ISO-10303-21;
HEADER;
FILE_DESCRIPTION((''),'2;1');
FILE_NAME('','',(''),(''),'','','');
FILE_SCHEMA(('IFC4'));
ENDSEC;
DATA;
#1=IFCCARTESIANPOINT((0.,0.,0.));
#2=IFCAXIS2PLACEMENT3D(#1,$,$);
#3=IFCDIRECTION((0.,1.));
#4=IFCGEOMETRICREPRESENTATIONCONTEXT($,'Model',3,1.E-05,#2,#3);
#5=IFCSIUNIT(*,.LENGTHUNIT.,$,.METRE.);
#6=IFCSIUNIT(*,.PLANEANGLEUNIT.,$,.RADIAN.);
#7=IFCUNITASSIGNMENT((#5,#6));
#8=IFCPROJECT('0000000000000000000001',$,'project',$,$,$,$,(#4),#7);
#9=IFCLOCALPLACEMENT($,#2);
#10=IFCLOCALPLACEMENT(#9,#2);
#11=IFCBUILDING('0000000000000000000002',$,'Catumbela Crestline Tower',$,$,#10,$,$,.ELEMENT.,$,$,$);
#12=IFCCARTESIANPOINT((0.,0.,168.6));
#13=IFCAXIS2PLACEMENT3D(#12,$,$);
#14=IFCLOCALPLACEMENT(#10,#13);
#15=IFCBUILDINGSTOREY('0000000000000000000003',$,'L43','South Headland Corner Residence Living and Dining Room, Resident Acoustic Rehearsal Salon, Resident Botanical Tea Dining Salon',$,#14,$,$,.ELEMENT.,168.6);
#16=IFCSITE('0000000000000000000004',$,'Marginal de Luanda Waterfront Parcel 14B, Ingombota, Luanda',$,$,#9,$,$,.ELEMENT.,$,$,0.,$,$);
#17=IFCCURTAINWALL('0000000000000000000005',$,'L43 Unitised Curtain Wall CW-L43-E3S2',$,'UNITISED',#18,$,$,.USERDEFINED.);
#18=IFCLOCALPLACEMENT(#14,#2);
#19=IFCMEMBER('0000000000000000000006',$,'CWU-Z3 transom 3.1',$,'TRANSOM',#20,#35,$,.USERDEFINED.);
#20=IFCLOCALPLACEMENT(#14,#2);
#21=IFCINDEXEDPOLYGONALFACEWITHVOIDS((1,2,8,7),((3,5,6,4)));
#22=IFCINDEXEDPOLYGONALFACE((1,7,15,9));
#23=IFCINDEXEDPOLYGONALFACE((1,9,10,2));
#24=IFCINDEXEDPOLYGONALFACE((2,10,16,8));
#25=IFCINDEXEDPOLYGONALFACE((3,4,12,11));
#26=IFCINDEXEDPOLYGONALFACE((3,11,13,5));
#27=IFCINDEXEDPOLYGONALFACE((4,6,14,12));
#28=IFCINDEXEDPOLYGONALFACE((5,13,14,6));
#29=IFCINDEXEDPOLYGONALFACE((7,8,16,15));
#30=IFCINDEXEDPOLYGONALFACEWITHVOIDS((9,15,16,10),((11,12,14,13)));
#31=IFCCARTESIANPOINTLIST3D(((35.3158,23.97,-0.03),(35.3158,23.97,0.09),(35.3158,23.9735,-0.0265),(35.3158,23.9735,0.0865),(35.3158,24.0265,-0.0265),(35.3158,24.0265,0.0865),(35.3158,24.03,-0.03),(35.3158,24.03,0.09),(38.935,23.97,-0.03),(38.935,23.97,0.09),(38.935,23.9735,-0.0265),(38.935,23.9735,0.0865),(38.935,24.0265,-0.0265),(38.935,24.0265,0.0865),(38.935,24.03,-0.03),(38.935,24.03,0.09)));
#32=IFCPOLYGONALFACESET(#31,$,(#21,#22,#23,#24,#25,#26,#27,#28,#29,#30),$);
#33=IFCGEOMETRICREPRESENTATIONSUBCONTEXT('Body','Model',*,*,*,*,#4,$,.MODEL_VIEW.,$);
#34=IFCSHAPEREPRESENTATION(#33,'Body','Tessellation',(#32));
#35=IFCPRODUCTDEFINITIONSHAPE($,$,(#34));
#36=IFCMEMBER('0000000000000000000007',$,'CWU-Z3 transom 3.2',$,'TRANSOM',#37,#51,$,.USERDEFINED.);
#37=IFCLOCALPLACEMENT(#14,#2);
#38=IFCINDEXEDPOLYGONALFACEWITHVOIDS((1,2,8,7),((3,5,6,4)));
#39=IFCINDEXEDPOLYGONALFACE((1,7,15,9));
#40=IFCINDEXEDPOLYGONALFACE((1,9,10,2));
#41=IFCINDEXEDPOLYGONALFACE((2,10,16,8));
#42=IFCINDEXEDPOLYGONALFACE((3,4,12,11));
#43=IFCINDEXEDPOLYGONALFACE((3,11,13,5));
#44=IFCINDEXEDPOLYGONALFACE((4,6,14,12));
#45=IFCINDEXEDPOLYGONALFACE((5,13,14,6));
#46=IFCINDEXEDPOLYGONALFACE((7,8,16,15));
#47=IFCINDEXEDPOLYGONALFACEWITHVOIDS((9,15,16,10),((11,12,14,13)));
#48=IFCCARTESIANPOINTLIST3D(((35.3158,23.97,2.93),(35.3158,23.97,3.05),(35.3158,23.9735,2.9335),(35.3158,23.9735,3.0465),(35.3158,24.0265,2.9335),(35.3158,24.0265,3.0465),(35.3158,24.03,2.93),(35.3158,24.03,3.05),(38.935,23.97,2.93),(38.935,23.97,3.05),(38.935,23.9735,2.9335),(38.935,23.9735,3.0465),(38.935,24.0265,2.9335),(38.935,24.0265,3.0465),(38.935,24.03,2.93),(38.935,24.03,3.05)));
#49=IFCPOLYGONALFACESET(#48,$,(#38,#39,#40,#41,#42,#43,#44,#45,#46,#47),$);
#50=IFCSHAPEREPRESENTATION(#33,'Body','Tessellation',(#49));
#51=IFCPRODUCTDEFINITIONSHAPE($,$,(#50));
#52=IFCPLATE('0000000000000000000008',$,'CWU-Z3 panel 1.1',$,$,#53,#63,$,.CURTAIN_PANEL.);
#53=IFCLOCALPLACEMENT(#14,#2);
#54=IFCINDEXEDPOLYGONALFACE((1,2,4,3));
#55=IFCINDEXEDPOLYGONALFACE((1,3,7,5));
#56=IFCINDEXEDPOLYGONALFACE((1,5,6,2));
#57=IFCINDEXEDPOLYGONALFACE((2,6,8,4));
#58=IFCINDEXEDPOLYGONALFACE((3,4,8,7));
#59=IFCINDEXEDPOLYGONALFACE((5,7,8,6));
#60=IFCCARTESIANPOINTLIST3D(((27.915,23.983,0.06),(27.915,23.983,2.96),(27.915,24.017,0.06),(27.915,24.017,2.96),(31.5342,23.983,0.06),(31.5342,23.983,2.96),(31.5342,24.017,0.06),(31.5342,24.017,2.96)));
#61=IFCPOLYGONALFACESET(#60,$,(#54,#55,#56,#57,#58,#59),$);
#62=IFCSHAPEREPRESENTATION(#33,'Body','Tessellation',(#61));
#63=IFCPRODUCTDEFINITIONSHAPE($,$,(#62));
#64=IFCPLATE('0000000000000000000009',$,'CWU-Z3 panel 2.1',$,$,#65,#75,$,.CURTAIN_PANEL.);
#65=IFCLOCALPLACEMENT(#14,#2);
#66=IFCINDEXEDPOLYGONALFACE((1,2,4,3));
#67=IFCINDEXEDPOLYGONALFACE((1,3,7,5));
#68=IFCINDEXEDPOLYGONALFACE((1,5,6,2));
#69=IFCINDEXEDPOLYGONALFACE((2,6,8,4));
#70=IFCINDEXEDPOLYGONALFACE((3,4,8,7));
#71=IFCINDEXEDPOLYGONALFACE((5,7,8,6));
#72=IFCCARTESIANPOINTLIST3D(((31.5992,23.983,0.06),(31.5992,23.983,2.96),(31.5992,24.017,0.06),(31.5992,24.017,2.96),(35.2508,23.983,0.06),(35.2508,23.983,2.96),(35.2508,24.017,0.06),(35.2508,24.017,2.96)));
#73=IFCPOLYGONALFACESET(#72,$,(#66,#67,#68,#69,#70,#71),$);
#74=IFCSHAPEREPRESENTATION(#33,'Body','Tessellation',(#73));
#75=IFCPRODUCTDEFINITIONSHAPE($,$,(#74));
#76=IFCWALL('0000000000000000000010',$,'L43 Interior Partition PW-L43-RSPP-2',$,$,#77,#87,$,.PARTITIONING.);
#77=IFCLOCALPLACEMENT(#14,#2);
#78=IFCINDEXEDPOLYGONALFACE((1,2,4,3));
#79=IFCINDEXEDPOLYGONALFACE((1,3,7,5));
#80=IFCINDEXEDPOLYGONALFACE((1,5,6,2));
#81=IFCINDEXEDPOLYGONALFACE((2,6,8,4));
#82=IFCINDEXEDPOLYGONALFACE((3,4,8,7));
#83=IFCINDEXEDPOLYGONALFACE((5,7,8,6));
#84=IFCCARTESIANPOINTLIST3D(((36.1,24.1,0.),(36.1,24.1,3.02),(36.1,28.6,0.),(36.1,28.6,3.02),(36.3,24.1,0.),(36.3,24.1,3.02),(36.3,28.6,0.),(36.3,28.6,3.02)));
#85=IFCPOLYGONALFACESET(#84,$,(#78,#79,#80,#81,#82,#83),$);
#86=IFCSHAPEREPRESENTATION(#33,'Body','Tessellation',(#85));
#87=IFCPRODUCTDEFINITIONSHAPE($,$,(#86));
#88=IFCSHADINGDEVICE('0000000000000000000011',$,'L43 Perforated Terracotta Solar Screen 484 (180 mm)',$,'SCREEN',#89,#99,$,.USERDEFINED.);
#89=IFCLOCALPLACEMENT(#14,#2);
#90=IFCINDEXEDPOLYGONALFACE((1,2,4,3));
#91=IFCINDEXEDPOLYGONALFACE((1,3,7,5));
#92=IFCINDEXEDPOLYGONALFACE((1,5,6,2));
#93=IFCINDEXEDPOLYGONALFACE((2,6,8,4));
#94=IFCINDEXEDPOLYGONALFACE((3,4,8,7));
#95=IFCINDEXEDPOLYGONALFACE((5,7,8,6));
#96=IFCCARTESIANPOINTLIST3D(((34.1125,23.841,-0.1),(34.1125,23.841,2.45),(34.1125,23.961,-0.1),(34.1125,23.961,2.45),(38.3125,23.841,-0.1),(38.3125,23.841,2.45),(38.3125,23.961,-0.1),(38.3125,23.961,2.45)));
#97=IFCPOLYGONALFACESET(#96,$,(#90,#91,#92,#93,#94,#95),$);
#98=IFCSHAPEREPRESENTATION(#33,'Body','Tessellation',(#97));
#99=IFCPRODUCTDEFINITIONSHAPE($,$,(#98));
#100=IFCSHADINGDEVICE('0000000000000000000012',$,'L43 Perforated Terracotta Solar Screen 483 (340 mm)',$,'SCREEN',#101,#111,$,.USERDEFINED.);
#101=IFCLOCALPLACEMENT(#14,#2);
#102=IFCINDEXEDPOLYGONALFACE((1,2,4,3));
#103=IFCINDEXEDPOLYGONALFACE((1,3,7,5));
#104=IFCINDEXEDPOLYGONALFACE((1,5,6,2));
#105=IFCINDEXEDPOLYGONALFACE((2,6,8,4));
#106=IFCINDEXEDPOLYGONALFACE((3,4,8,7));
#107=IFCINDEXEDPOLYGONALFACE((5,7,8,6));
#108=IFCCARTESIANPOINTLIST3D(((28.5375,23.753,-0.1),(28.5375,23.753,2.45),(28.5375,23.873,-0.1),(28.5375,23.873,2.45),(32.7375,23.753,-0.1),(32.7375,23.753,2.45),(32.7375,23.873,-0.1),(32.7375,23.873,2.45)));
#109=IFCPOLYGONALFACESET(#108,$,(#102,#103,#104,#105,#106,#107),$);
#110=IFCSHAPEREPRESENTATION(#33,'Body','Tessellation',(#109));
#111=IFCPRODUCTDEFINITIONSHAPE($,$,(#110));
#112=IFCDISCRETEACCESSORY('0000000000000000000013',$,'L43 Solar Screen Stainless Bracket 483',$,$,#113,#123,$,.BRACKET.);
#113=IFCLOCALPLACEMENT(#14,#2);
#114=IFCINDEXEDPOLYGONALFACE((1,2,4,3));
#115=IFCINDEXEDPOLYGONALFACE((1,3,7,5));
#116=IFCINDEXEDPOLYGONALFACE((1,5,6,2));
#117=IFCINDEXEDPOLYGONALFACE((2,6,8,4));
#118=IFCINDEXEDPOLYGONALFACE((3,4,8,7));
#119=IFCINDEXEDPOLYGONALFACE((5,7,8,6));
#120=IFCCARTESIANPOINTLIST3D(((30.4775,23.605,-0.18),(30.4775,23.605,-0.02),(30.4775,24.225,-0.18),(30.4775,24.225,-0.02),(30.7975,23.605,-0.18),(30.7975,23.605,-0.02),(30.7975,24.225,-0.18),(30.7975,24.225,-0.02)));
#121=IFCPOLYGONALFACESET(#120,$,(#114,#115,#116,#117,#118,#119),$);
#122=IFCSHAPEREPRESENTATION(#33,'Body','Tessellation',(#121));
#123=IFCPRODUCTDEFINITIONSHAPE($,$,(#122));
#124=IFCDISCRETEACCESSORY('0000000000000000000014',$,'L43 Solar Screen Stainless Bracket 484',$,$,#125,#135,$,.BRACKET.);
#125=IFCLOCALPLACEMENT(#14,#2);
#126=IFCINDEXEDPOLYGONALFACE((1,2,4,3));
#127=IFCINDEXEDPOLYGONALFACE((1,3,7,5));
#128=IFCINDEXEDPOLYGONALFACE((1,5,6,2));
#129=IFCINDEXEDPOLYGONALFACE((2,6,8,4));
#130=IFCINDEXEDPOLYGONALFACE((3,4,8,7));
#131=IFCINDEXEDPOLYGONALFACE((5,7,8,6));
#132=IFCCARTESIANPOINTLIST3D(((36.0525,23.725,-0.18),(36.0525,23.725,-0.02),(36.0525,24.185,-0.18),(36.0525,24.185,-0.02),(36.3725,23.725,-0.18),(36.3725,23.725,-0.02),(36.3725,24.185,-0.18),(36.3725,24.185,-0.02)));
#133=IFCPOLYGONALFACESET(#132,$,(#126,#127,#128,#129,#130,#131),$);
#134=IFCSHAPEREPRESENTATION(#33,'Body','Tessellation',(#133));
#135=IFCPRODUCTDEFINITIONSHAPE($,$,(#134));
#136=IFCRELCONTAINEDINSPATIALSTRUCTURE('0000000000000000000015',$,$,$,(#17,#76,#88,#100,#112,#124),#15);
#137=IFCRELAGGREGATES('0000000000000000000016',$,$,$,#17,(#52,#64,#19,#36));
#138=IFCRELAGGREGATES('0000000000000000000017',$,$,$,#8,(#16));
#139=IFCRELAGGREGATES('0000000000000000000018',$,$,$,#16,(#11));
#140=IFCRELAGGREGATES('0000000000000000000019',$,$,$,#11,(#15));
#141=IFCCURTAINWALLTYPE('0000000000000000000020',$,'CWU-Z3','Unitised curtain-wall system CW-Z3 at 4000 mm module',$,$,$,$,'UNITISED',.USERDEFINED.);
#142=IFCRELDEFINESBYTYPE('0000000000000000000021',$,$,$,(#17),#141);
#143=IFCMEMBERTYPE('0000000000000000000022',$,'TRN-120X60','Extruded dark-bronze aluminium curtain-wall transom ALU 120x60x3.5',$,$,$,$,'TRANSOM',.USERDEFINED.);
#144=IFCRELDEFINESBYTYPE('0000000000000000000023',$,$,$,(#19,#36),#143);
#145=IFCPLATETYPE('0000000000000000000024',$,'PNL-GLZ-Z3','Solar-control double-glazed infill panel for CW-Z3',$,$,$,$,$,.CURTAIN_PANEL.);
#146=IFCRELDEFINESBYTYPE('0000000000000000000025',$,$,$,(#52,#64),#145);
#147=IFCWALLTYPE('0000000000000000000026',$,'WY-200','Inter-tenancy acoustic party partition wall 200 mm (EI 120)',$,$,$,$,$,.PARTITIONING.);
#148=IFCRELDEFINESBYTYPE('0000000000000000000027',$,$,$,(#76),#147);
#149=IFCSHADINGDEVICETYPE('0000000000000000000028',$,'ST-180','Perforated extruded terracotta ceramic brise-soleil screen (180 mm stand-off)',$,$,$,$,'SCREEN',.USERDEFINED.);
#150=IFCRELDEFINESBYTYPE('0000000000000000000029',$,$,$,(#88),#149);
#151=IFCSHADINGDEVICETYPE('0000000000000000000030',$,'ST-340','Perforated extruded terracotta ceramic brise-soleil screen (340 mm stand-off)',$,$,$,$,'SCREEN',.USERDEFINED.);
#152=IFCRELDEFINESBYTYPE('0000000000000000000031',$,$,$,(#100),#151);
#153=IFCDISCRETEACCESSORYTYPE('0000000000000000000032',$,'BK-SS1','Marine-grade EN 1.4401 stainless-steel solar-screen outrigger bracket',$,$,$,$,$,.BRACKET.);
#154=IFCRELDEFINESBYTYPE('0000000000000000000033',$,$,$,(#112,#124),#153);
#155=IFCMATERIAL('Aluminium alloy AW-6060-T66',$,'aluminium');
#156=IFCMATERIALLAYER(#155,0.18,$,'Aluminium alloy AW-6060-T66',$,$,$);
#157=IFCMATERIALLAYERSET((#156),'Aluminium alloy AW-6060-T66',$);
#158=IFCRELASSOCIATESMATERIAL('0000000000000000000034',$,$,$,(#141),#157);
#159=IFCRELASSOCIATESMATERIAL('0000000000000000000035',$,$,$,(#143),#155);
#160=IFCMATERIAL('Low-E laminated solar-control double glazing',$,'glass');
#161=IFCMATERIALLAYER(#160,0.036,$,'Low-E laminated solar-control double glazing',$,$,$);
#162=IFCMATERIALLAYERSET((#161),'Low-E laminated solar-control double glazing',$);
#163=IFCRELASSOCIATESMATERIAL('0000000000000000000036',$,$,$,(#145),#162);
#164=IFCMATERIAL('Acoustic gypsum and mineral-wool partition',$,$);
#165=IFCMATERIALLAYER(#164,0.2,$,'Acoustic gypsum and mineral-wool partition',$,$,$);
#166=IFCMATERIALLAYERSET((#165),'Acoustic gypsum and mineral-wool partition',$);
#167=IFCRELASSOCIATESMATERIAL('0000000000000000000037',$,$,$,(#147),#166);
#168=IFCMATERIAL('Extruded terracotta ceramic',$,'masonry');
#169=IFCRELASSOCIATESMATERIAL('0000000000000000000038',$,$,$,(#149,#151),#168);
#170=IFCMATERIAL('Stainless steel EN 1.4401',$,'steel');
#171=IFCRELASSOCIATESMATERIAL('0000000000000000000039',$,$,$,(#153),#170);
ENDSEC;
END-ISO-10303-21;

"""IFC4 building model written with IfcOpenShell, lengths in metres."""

from ifc_helpers import new_model, si_unit, direction, frame, frame_2d, origin, origin_2d, place, context, subcontext, project, spatial, rectangle, hollow_rectangle, extrude, material, layer, layer_set, material_profile, profile_set, type_object, element, aggregate, save


model = new_model("IFC4")

# Units and contexts
model_context = context("Model", 3, precision=1e-05, world=origin(), true_north=direction((0.0, 1.0)))
body_context = subcontext(model_context, "Body", "Model", "MODEL_VIEW")
ifc_project = project(units=[si_unit("LENGTHUNIT", "METRE"), si_unit("PLANEANGLEUNIT", "RADIAN")], contexts=[model_context])

# Site, building, storey
site_placement = place(None, origin())
site = spatial("IfcSite", under=ifc_project, at=site_placement, Name="Marginal de Luanda Waterfront Parcel 14B, Ingombota, Luanda", CompositionType="ELEMENT", RefElevation=0.0)
building_placement = place(site_placement, origin())
building = spatial("IfcBuilding", under=site, at=building_placement, Name="Catumbela Crestline Tower", CompositionType="ELEMENT")
storey_placement = place(building_placement, frame((0.0, 0.0, 168.6)))
storey = spatial("IfcBuildingStorey", under=building, at=storey_placement, Name="L43", Description="South Headland Corner Residence Living and Dining Room, Resident Acoustic Rehearsal Salon, Resident Botanical Tea Dining Salon", CompositionType="ELEMENT", Elevation=168.6)

# Curtain wall
ifc_material_1 = material(Name="Aluminium alloy AW-6060-T66", Category="aluminium")
ifc_layer_1 = layer(ifc_material_1, 0.18, Name="Aluminium alloy AW-6060-T66")
ifc_layer_set_1 = layer_set([ifc_layer_1], Name="Aluminium alloy AW-6060-T66")
curtain_wall_type = type_object("IfcCurtainWallType", Name="CWU-Z3", Description="Unitised curtain-wall system CW-Z3 at 4000 mm module", ElementType="UNITISED", PredefinedType="USERDEFINED", material=ifc_layer_set_1)
curtain_wall_placement = place(storey_placement, origin())
curtain_wall = element("IfcCurtainWall", 1, at=curtain_wall_placement, inside=storey, type_object=curtain_wall_type, Name="L43 Unitised Curtain Wall CW-L43-E3S2", ObjectType="UNITISED", PredefinedType="USERDEFINED")

# Members
ifc_material_profile_1 = material_profile(ifc_material_1, hollow_rectangle(XDim=0.06, YDim=0.12, WallThickness=0.0035, at=origin_2d()), Name="ALU 120x60x3.5")
ifc_profile_set_1 = profile_set([ifc_material_profile_1], Name="Aluminium alloy AW-6060-T66")
member_type_1 = type_object("IfcMemberType", Name="TRN-120X60", Description="Extruded dark-bronze aluminium curtain-wall transom ALU 120x60x3.5", ElementType="TRANSOM", PredefinedType="USERDEFINED", material=ifc_profile_set_1)
member_1_placement = place(storey_placement, frame((35.3158, 24.0, 0.03), z_axis=(1.0, 0.0, 0.0), x_axis=(0.0, 1.0, 0.0)))
member_1 = element("IfcMember", 2, at=member_1_placement, type_object=member_type_1, Name="CWU-Z3 transom 3.1", ObjectType="TRANSOM", PredefinedType="USERDEFINED", context=body_context, shape_type="SweptSolid", body=[
    extrude(hollow_rectangle(XDim=0.06, YDim=0.12, WallThickness=0.0035, at=origin_2d()), origin(), (0.0, 0.0, 1.0), 3.6192),
])
member_2_placement = place(storey_placement, frame((35.3158, 24.0, 2.99), z_axis=(1.0, 0.0, 0.0), x_axis=(0.0, 1.0, 0.0)))
member_2 = element("IfcMember", 3, at=member_2_placement, type_object=member_type_1, Name="CWU-Z3 transom 3.2", ObjectType="TRANSOM", PredefinedType="USERDEFINED", context=body_context, shape_type="SweptSolid", body=[
    extrude(hollow_rectangle(XDim=0.06, YDim=0.12, WallThickness=0.0035, at=origin_2d()), origin(), (0.0, 0.0, 1.0), 3.6192),
])

# Plates
ifc_material_2 = material(Name="Low-E laminated solar-control double glazing", Category="glass")
ifc_layer_2 = layer(ifc_material_2, 0.036, Name="Low-E laminated solar-control double glazing")
ifc_layer_set_2 = layer_set([ifc_layer_2], Name="Low-E laminated solar-control double glazing")
plate_type = type_object("IfcPlateType", Name="PNL-GLZ-Z3", Description="Solar-control double-glazed infill panel for CW-Z3", PredefinedType="CURTAIN_PANEL", material=ifc_layer_set_2)
plate_1_placement = place(storey_placement, frame((29.7246, 24.0, 0.06), z_axis=(0.0, 0.0, 1.0), x_axis=(1.0, 0.0, 0.0)))
plate_1 = element("IfcPlate", 4, at=plate_1_placement, type_object=plate_type, Name="CWU-Z3 panel 1.1", PredefinedType="CURTAIN_PANEL", context=body_context, shape_type="SweptSolid", body=[
    extrude(rectangle(XDim=3.6192, YDim=0.034, at=origin_2d()), origin(), (0.0, 0.0, 1.0), 2.9),
])
plate_2_placement = place(storey_placement, frame((33.425, 24.0, 0.06), z_axis=(0.0, 0.0, 1.0), x_axis=(1.0, 0.0, 0.0)))
plate_2 = element("IfcPlate", 5, at=plate_2_placement, type_object=plate_type, Name="CWU-Z3 panel 2.1", PredefinedType="CURTAIN_PANEL", context=body_context, shape_type="SweptSolid", body=[
    extrude(rectangle(XDim=3.6517, YDim=0.034, at=origin_2d()), origin(), (0.0, 0.0, 1.0), 2.9),
])
aggregate(curtain_wall, [plate_1, plate_2, member_1, member_2])

# Wall
ifc_material_3 = material(Name="Acoustic gypsum and mineral-wool partition")
ifc_layer_3 = layer(ifc_material_3, 0.2, Name="Acoustic gypsum and mineral-wool partition")
ifc_layer_set_3 = layer_set([ifc_layer_3], Name="Acoustic gypsum and mineral-wool partition")
wall_type = type_object("IfcWallType", Name="WY-200", Description="Inter-tenancy acoustic party partition wall 200 mm (EI 120)", PredefinedType="PARTITIONING", material=ifc_layer_set_3)
wall_placement = place(storey_placement, frame((36.2, 24.1, 0.0), z_axis=(0.0, 0.0, 1.0), x_axis=(0.0, 1.0, 0.0)))
element("IfcWall", 6, at=wall_placement, inside=storey, type_object=wall_type, Name="L43 Interior Partition PW-L43-RSPP-2", PredefinedType="PARTITIONING", context=body_context, shape_type="SweptSolid", body=[
    extrude(rectangle(XDim=4.5, YDim=0.2, at=frame_2d((2.25, 0.0))), origin(), (0.0, 0.0, 1.0), 3.02),
])

# Shading devices
ifc_material_4 = material(Name="Extruded terracotta ceramic", Category="masonry")
shading_device_type_1 = type_object("IfcShadingDeviceType", Name="ST-180", Description="Perforated extruded terracotta ceramic brise-soleil screen (180 mm stand-off)", ElementType="SCREEN", PredefinedType="USERDEFINED", material=ifc_material_4)
shading_device_1_placement = place(storey_placement, frame((36.2125, 23.901, -0.1), z_axis=(0.0, 0.0, 1.0), x_axis=(1.0, 0.0, 0.0)))
element("IfcShadingDevice", 7, at=shading_device_1_placement, inside=storey, type_object=shading_device_type_1, Name="L43 Perforated Terracotta Solar Screen 484 (180 mm)", ObjectType="SCREEN", PredefinedType="USERDEFINED", context=body_context, shape_type="SweptSolid", body=[
    extrude(rectangle(XDim=4.2, YDim=0.12, at=origin_2d()), origin(), (0.0, 0.0, 1.0), 2.55),
])
shading_device_type_2 = type_object("IfcShadingDeviceType", Name="ST-340", Description="Perforated extruded terracotta ceramic brise-soleil screen (340 mm stand-off)", ElementType="SCREEN", PredefinedType="USERDEFINED", material=ifc_material_4)
shading_device_2_placement = place(storey_placement, frame((30.6375, 23.813, -0.1), z_axis=(0.0, 0.0, 1.0), x_axis=(1.0, 0.0, 0.0)))
element("IfcShadingDevice", 8, at=shading_device_2_placement, inside=storey, type_object=shading_device_type_2, Name="L43 Perforated Terracotta Solar Screen 483 (340 mm)", ObjectType="SCREEN", PredefinedType="USERDEFINED", context=body_context, shape_type="SweptSolid", body=[
    extrude(rectangle(XDim=4.2, YDim=0.12, at=origin_2d()), origin(), (0.0, 0.0, 1.0), 2.55),
])

# Discrete accessories
ifc_material_5 = material(Name="Stainless steel EN 1.4401", Category="steel")
discrete_accessory_type = type_object("IfcDiscreteAccessoryType", Name="BK-SS1", Description="Marine-grade EN 1.4401 stainless-steel solar-screen outrigger bracket", PredefinedType="BRACKET", material=ifc_material_5)
discrete_accessory_1_placement = place(storey_placement, frame((30.6375, 23.915, -0.18), z_axis=(0.0, 0.0, 1.0), x_axis=(1.0, 0.0, 0.0)))
element("IfcDiscreteAccessory", 9, at=discrete_accessory_1_placement, inside=storey, type_object=discrete_accessory_type, Name="L43 Solar Screen Stainless Bracket 483", PredefinedType="BRACKET", context=body_context, shape_type="SweptSolid", body=[
    extrude(rectangle(XDim=0.32, YDim=0.62, at=origin_2d()), origin(), (0.0, 0.0, 1.0), 0.16),
])
discrete_accessory_2_placement = place(storey_placement, frame((36.2125, 23.955, -0.18), z_axis=(0.0, 0.0, 1.0), x_axis=(1.0, 0.0, 0.0)))
element("IfcDiscreteAccessory", 10, at=discrete_accessory_2_placement, inside=storey, type_object=discrete_accessory_type, Name="L43 Solar Screen Stainless Bracket 484", PredefinedType="BRACKET", context=body_context, shape_type="SweptSolid", body=[
    extrude(rectangle(XDim=0.32, YDim=0.46, at=origin_2d()), origin(), (0.0, 0.0, 1.0), 0.16),
])

save(model, "model.ifc")
